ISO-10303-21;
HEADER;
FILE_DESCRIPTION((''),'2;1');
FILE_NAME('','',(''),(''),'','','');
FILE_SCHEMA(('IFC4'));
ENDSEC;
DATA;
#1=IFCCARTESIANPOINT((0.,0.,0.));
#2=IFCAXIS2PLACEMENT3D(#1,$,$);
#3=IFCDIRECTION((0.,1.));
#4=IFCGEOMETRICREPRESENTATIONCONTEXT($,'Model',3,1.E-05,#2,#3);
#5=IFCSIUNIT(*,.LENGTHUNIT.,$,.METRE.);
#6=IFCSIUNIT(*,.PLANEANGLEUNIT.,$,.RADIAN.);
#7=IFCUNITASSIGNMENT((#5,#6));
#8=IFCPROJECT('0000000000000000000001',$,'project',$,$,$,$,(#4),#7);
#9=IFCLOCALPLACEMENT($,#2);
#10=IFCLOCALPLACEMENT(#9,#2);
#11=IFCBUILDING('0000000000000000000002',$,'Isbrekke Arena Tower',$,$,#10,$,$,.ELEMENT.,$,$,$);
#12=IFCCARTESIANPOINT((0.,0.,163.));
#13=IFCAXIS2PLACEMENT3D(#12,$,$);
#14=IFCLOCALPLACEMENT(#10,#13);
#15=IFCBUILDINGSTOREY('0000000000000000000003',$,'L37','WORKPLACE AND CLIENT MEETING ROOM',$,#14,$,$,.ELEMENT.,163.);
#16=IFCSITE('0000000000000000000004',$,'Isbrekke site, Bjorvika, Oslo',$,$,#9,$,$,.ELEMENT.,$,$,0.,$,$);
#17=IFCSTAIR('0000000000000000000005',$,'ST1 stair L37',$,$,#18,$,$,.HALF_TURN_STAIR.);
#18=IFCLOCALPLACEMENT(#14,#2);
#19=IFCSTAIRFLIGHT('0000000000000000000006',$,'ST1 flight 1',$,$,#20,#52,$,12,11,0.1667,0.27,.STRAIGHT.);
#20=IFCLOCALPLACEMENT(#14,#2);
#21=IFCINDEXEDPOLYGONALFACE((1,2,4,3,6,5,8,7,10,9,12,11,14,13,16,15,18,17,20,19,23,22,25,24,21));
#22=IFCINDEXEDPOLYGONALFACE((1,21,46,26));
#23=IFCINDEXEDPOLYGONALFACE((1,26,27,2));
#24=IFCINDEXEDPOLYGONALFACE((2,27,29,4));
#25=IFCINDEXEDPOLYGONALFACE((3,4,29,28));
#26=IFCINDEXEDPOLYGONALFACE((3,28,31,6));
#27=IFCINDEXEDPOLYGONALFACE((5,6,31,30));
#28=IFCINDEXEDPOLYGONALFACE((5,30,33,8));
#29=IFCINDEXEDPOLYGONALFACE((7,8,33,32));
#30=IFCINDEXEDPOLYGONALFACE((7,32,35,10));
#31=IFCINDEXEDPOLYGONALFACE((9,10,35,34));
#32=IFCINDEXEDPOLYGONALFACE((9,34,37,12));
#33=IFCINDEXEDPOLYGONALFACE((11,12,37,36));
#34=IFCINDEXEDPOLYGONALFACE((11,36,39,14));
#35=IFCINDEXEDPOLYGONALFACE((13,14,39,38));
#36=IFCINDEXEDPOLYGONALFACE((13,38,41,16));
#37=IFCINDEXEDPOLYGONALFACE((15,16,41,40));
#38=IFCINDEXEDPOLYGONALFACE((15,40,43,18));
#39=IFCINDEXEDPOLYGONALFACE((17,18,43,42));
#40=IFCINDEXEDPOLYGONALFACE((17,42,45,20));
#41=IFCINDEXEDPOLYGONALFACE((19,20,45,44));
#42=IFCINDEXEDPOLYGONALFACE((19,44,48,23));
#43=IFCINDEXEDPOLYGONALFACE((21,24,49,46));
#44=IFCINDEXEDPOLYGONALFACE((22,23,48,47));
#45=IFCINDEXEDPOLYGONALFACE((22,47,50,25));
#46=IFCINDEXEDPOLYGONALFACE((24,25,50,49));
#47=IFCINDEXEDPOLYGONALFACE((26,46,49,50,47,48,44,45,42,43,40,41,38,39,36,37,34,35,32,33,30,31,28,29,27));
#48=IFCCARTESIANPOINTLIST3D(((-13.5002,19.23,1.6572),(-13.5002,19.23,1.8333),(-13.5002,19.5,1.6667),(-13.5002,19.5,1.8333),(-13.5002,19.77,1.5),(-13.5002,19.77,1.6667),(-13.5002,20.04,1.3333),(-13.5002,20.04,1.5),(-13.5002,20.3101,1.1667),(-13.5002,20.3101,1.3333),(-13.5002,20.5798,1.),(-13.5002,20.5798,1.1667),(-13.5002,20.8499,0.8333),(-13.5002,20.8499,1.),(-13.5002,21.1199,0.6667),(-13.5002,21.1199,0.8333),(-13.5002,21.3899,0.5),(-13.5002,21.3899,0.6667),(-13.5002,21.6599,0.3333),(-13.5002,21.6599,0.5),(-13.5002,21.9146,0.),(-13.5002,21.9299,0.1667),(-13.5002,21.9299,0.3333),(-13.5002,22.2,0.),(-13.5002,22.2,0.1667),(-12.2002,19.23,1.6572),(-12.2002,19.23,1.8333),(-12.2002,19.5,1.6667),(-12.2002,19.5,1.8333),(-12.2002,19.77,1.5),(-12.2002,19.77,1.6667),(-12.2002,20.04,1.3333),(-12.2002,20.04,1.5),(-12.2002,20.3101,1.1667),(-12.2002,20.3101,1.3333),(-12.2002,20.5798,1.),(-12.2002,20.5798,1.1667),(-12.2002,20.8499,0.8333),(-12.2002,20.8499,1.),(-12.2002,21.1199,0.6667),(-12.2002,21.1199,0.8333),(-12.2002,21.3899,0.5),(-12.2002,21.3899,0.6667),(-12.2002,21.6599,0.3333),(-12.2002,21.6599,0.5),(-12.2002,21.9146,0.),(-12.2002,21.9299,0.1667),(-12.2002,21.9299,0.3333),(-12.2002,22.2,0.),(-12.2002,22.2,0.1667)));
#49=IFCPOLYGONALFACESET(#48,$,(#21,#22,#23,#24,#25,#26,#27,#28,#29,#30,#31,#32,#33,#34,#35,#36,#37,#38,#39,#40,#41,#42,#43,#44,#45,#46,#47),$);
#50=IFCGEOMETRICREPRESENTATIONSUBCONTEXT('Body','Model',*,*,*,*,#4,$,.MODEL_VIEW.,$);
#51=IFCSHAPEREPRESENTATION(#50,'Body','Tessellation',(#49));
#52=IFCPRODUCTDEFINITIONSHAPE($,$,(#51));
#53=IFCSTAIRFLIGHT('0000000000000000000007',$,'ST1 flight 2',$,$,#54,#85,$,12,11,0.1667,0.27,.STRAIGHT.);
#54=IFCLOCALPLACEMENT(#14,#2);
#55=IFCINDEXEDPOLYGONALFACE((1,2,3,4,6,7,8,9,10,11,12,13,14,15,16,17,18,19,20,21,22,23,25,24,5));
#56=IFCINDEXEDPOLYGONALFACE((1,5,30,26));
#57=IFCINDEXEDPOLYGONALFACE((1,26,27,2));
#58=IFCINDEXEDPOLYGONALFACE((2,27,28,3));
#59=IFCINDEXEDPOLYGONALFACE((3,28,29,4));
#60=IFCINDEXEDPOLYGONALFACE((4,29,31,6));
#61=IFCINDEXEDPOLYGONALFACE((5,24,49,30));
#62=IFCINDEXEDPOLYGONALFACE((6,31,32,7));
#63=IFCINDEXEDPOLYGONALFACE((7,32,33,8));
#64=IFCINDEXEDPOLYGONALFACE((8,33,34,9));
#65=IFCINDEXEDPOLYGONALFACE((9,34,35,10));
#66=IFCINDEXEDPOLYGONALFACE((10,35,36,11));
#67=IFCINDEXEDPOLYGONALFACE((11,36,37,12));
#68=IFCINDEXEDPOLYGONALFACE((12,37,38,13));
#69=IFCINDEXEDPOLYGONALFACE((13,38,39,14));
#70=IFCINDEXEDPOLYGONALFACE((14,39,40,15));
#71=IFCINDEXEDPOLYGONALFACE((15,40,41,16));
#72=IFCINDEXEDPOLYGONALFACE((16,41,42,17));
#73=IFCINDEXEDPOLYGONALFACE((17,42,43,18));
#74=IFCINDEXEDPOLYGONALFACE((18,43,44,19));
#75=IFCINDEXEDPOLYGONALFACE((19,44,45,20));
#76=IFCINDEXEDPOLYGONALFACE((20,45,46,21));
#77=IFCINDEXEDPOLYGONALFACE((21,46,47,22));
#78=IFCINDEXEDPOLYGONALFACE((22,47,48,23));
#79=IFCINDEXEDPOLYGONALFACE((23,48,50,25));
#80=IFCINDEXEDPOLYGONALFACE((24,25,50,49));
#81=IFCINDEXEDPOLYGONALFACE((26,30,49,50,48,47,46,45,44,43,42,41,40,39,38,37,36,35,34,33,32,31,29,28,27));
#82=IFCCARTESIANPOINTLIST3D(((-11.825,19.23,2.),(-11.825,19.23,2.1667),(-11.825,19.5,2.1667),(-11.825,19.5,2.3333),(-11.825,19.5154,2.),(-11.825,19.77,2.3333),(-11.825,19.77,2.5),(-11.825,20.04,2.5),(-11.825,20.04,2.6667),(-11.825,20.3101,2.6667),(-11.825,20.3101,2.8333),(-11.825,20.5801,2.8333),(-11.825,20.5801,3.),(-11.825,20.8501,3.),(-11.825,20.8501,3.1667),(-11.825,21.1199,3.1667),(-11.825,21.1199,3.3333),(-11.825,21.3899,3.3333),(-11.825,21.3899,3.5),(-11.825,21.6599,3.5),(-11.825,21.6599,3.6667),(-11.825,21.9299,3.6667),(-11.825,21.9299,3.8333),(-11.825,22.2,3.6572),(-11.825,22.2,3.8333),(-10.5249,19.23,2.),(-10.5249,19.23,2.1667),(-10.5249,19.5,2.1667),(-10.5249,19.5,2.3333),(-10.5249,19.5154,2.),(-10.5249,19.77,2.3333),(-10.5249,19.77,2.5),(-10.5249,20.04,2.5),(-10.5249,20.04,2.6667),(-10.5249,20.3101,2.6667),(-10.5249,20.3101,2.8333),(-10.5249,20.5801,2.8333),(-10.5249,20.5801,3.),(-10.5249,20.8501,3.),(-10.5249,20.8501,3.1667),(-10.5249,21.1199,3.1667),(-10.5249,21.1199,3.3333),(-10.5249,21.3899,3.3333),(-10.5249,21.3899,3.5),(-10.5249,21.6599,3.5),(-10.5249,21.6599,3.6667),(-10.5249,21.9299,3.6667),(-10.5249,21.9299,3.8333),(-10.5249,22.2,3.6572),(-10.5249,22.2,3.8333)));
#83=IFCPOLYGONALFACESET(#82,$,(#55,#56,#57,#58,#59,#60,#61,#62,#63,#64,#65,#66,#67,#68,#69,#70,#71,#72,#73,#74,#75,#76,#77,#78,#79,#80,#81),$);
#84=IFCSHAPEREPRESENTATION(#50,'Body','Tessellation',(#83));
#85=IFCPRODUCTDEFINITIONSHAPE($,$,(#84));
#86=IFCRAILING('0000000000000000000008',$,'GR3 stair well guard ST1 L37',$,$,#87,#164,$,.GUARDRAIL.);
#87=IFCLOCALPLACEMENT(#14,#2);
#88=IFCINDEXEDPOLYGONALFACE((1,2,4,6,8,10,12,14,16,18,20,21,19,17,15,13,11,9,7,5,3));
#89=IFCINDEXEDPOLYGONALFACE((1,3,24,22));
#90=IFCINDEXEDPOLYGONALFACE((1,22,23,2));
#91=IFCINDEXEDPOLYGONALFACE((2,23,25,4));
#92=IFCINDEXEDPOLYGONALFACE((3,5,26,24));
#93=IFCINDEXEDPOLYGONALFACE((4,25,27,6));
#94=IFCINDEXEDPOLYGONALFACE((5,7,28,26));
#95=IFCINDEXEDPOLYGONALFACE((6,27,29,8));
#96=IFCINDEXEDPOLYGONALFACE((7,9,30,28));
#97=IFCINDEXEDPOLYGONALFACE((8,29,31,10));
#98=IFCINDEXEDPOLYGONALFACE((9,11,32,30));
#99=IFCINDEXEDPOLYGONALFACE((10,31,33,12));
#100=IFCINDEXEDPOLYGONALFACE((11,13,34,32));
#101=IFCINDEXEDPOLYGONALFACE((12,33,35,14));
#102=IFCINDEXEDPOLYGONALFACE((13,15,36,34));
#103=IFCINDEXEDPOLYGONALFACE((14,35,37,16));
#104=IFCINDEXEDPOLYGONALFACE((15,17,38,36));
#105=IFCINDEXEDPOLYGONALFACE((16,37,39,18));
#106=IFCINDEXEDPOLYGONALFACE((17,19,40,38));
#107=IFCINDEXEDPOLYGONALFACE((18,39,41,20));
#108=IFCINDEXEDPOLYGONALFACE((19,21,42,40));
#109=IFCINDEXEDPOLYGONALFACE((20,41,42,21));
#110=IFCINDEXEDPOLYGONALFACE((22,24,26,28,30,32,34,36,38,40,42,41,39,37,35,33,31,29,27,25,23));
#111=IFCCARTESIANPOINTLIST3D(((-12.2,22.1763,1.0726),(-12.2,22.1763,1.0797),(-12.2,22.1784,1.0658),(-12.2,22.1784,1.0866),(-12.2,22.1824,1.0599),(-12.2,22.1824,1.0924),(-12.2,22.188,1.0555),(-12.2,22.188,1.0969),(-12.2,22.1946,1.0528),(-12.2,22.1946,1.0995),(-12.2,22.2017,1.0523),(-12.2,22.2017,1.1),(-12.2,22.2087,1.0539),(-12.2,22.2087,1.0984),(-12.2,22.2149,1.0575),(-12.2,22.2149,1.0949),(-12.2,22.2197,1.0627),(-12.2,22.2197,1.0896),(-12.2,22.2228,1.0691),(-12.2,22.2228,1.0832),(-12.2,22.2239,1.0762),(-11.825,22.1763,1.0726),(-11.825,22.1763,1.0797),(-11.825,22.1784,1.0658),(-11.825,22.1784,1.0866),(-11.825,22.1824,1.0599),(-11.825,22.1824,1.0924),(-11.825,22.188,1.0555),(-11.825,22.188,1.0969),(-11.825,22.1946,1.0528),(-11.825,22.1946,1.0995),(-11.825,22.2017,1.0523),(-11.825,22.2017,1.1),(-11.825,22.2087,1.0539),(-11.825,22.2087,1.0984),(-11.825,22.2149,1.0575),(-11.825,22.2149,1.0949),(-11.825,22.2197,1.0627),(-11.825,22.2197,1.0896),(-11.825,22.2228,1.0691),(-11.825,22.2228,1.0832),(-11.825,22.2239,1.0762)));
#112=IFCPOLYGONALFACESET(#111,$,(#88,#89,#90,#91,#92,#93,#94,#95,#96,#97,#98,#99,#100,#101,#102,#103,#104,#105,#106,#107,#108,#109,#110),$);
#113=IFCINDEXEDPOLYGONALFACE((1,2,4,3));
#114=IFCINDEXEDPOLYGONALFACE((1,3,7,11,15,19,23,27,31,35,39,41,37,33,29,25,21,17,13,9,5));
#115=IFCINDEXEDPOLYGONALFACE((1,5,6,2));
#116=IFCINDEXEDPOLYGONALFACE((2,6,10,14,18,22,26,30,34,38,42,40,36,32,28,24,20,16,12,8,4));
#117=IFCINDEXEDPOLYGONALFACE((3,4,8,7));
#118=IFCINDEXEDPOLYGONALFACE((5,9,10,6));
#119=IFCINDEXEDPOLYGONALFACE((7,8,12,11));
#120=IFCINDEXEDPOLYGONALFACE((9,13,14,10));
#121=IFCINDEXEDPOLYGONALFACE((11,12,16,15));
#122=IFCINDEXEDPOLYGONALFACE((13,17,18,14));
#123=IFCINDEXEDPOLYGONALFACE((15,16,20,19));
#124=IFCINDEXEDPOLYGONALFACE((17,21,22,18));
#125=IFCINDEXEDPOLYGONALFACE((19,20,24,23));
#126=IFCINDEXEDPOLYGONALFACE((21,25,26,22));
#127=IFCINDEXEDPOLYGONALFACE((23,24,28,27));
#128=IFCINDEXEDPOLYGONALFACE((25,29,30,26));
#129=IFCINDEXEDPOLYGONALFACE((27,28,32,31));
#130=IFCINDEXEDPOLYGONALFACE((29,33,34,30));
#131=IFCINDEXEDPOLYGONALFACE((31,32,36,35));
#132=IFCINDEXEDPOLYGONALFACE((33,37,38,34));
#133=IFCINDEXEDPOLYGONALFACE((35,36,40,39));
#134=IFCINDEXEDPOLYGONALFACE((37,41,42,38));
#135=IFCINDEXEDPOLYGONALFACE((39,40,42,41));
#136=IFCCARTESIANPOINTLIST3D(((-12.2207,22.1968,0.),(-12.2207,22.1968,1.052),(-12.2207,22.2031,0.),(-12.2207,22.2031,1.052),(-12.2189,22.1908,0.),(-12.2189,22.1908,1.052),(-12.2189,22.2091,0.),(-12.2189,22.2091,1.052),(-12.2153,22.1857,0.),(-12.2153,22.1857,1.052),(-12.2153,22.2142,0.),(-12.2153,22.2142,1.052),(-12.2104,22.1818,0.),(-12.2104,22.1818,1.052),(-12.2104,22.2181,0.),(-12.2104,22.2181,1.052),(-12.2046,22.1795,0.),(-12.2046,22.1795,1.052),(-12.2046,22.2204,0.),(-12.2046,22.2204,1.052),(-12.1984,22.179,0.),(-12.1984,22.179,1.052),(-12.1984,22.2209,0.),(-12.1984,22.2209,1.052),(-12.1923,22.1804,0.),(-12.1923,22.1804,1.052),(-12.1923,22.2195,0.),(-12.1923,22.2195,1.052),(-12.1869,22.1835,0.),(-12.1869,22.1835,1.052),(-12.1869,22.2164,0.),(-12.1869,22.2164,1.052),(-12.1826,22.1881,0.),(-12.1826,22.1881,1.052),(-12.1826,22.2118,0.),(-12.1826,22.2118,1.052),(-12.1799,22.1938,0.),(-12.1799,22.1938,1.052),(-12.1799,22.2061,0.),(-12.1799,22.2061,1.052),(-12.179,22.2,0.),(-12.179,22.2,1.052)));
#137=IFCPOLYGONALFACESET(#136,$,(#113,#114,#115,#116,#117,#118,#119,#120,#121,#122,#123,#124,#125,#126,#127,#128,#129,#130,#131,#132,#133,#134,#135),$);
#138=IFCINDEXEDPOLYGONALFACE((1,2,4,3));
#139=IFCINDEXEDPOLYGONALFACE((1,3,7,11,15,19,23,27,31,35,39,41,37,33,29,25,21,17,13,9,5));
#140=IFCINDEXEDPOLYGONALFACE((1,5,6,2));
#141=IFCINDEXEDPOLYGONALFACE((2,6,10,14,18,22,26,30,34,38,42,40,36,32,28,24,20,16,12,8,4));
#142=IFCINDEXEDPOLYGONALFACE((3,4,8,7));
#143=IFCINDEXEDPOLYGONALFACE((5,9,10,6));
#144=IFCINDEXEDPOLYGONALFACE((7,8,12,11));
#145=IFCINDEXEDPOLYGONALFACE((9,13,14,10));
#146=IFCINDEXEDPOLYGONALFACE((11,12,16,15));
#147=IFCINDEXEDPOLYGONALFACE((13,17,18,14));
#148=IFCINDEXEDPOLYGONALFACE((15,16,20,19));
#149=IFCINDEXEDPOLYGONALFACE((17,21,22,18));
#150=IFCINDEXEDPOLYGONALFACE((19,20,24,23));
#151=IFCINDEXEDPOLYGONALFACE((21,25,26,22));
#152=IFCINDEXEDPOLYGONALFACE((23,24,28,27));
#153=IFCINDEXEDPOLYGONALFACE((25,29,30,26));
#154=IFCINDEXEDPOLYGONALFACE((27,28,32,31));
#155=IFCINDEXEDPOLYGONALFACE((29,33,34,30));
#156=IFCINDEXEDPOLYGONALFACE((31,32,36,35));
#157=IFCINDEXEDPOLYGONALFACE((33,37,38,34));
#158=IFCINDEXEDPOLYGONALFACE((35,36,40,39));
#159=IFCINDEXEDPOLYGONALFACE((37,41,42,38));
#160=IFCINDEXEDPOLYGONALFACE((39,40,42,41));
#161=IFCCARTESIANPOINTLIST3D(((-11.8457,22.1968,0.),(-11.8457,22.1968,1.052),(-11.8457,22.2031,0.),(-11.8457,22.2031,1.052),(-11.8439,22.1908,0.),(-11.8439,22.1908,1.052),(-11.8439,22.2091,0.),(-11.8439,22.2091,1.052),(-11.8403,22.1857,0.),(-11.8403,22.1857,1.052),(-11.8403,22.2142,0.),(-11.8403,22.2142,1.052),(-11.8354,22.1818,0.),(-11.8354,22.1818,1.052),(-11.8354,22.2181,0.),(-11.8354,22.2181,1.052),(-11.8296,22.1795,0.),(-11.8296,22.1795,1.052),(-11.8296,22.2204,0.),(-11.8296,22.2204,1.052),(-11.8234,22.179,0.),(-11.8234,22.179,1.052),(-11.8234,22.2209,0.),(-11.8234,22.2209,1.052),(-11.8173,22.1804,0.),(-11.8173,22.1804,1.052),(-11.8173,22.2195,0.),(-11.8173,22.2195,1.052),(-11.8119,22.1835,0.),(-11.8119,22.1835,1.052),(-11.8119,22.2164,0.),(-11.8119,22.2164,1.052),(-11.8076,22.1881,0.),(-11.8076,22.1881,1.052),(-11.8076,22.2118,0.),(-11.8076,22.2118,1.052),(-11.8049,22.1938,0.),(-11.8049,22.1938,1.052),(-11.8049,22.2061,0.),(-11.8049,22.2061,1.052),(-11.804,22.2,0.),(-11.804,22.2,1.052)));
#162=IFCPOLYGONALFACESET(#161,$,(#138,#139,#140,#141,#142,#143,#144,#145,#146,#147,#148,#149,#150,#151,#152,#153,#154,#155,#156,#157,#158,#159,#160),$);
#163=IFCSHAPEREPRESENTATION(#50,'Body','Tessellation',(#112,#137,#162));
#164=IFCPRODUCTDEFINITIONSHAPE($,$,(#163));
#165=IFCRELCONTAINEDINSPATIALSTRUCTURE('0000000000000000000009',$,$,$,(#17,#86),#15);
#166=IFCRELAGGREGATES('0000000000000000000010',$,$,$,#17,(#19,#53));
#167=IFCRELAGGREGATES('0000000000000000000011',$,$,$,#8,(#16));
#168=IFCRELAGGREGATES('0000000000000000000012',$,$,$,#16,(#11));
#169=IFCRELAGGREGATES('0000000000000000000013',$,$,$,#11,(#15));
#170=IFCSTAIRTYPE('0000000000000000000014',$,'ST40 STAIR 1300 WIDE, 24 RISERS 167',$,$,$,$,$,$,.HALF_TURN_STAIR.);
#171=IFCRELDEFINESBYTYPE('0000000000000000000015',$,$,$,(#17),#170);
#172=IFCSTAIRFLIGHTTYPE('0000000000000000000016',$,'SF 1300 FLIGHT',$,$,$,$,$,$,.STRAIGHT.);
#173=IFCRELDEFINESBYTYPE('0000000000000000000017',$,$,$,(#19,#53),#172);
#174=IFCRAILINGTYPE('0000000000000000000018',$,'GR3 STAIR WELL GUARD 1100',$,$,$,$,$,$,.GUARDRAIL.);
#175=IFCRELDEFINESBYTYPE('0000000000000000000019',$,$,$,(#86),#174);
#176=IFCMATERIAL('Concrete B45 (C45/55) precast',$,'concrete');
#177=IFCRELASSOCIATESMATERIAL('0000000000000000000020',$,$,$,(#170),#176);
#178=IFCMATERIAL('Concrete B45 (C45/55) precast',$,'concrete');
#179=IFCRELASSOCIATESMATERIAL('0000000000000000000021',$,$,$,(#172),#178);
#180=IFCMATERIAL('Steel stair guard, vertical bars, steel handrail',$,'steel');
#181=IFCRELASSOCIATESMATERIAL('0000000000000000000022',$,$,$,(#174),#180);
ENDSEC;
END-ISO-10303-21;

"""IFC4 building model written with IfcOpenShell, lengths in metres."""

from ifc_helpers import new_model, si_unit, direction, frame, origin, origin_2d, place, context, subcontext, project, spatial, polyline, circle, outline, extrude, material, type_object, element, aggregate, save


model = new_model("IFC4")

# Units and contexts
model_context = context("Model", 3, precision=1e-05, world=origin(), true_north=direction((0.0, 1.0)))
body_context = subcontext(model_context, "Body", "Model", "MODEL_VIEW")
ifc_project = project(units=[si_unit("LENGTHUNIT", "METRE"), si_unit("PLANEANGLEUNIT", "RADIAN")], contexts=[model_context])

# Site, building, storey
site_placement = place(None, origin())
site = spatial("IfcSite", under=ifc_project, at=site_placement, Name="Isbrekke site, Bjorvika, Oslo", CompositionType="ELEMENT", RefElevation=0.0)
building_placement = place(site_placement, origin())
building = spatial("IfcBuilding", under=site, at=building_placement, Name="Isbrekke Arena Tower", CompositionType="ELEMENT")
storey_placement = place(building_placement, frame((0.0, 0.0, 163.0)))
storey = spatial("IfcBuildingStorey", under=building, at=storey_placement, Name="L37", Description="WORKPLACE AND CLIENT MEETING ROOM", CompositionType="ELEMENT", Elevation=163.0)

# Stair, stair flights
ifc_material_1 = material(Name="Concrete B45 (C45/55) precast", Category="concrete")
stair_type = type_object("IfcStairType", Name="ST40 STAIR 1300 WIDE, 24 RISERS 167", PredefinedType="HALF_TURN_STAIR", material=ifc_material_1)
stair_placement = place(storey_placement, origin())
stair = element("IfcStair", 1, at=stair_placement, inside=storey, type_object=stair_type, Name="ST1 stair L37", PredefinedType="HALF_TURN_STAIR")
ifc_material_2 = material(Name="Concrete B45 (C45/55) precast", Category="concrete")
stair_flight_type = type_object("IfcStairFlightType", Name="SF 1300 FLIGHT", PredefinedType="STRAIGHT", material=ifc_material_2)
stair_flight_1_placement = place(storey_placement, frame((-12.8501, 22.2, 0.0), z_axis=(0.0, 0.0, 1.0), x_axis=(0.0, -1.0, 0.0)))
stair_flight_1 = element("IfcStairFlight", 2, at=stair_flight_1_placement, type_object=stair_flight_type, Name="ST1 flight 1", NumberOfRisers=12, NumberOfTreads=11, PredefinedType="STRAIGHT", RiserHeight=0.1667, TreadLength=0.27, context=body_context, shape_type="SweptSolid", body=[
    extrude(outline(polyline([(0.0, 0.0), (0.0, 0.1667), (0.27, 0.1667), (0.27, 0.3333), (0.54, 0.3333), (0.54, 0.5), (0.8101, 0.5), (0.8101, 0.6667), (1.0801, 0.6667), (1.0801, 0.8333), (1.3501, 0.8333), (1.3501, 1.0), (1.6201, 1.0), (1.6201, 1.1667), (1.8899, 1.1667), (1.8899, 1.3333), (2.1599, 1.3333), (2.1599, 1.5), (2.4299, 1.5), (2.4299, 1.6667), (2.7, 1.6667), (2.7, 1.8333), (2.97, 1.8333), (2.97, 2.0), (2.97, 1.6572), (0.2854, 0.0), (0.0, 0.0)])), frame((0.0, 0.6499, 0.0), z_axis=(0.0, -1.0, 0.0), x_axis=(1.0, 0.0, 0.0)), (0.0, 0.0, 1.0), 1.3),
])
stair_flight_2_placement = place(storey_placement, frame((-11.175, 19.23, 2.0), z_axis=(0.0, 0.0, 1.0), x_axis=(0.0, 1.0, 0.0)))
stair_flight_2 = element("IfcStairFlight", 3, at=stair_flight_2_placement, type_object=stair_flight_type, Name="ST1 flight 2", NumberOfRisers=12, NumberOfTreads=11, PredefinedType="STRAIGHT", RiserHeight=0.1667, TreadLength=0.27, context=body_context, shape_type="SweptSolid", body=[
    extrude(outline(polyline([(0.0, 0.0), (0.0, 0.1667), (0.27, 0.1667), (0.27, 0.3333), (0.54, 0.3333), (0.54, 0.5), (0.8101, 0.5), (0.8101, 0.6667), (1.0801, 0.6667), (1.0801, 0.8333), (1.3501, 0.8333), (1.3501, 1.0), (1.6201, 1.0), (1.6201, 1.1667), (1.8899, 1.1667), (1.8899, 1.3333), (2.1599, 1.3333), (2.1599, 1.5), (2.4299, 1.5), (2.4299, 1.6667), (2.7, 1.6667), (2.7, 1.8333), (2.97, 1.8333), (2.97, 2.0), (2.97, 1.6572), (0.2854, 0.0), (0.0, 0.0)])), frame((0.0, 0.6499, 0.0), z_axis=(0.0, -1.0, 0.0), x_axis=(1.0, 0.0, 0.0)), (0.0, 0.0, 1.0), 1.3),
])
aggregate(stair, [stair_flight_1, stair_flight_2])

# Railing
ifc_material_3 = material(Name="Steel stair guard, vertical bars, steel handrail", Category="steel")
railing_type = type_object("IfcRailingType", Name="GR3 STAIR WELL GUARD 1100", PredefinedType="GUARDRAIL", material=ifc_material_3)
for number, where, name in (
    (4, (-12.2, 22.2, 0.0), "GR3 stair well guard ST1 L37"),
):
    element("IfcRailing", number, at=place(storey_placement, frame(where)), inside=storey, type_object=railing_type, Name=name, PredefinedType="GUARDRAIL", context=body_context, shape_type="SweptSolid", body=[
        extrude(circle(Radius=0.0239, at=origin_2d()), frame((0.0, 0.0, 1.0762), z_axis=(1.0, 0.0, 0.0), x_axis=(0.0, 1.0, 0.0)), (0.0, 0.0, 1.0), 0.375),
        extrude(circle(Radius=0.021, at=origin_2d()), origin(), (0.0, 0.0, 1.0), 1.052),
        extrude(circle(Radius=0.021, at=origin_2d()), frame((0.375, 0.0, 0.0)), (0.0, 0.0, 1.0), 1.052),
    ])

save(model, "model.ifc")
